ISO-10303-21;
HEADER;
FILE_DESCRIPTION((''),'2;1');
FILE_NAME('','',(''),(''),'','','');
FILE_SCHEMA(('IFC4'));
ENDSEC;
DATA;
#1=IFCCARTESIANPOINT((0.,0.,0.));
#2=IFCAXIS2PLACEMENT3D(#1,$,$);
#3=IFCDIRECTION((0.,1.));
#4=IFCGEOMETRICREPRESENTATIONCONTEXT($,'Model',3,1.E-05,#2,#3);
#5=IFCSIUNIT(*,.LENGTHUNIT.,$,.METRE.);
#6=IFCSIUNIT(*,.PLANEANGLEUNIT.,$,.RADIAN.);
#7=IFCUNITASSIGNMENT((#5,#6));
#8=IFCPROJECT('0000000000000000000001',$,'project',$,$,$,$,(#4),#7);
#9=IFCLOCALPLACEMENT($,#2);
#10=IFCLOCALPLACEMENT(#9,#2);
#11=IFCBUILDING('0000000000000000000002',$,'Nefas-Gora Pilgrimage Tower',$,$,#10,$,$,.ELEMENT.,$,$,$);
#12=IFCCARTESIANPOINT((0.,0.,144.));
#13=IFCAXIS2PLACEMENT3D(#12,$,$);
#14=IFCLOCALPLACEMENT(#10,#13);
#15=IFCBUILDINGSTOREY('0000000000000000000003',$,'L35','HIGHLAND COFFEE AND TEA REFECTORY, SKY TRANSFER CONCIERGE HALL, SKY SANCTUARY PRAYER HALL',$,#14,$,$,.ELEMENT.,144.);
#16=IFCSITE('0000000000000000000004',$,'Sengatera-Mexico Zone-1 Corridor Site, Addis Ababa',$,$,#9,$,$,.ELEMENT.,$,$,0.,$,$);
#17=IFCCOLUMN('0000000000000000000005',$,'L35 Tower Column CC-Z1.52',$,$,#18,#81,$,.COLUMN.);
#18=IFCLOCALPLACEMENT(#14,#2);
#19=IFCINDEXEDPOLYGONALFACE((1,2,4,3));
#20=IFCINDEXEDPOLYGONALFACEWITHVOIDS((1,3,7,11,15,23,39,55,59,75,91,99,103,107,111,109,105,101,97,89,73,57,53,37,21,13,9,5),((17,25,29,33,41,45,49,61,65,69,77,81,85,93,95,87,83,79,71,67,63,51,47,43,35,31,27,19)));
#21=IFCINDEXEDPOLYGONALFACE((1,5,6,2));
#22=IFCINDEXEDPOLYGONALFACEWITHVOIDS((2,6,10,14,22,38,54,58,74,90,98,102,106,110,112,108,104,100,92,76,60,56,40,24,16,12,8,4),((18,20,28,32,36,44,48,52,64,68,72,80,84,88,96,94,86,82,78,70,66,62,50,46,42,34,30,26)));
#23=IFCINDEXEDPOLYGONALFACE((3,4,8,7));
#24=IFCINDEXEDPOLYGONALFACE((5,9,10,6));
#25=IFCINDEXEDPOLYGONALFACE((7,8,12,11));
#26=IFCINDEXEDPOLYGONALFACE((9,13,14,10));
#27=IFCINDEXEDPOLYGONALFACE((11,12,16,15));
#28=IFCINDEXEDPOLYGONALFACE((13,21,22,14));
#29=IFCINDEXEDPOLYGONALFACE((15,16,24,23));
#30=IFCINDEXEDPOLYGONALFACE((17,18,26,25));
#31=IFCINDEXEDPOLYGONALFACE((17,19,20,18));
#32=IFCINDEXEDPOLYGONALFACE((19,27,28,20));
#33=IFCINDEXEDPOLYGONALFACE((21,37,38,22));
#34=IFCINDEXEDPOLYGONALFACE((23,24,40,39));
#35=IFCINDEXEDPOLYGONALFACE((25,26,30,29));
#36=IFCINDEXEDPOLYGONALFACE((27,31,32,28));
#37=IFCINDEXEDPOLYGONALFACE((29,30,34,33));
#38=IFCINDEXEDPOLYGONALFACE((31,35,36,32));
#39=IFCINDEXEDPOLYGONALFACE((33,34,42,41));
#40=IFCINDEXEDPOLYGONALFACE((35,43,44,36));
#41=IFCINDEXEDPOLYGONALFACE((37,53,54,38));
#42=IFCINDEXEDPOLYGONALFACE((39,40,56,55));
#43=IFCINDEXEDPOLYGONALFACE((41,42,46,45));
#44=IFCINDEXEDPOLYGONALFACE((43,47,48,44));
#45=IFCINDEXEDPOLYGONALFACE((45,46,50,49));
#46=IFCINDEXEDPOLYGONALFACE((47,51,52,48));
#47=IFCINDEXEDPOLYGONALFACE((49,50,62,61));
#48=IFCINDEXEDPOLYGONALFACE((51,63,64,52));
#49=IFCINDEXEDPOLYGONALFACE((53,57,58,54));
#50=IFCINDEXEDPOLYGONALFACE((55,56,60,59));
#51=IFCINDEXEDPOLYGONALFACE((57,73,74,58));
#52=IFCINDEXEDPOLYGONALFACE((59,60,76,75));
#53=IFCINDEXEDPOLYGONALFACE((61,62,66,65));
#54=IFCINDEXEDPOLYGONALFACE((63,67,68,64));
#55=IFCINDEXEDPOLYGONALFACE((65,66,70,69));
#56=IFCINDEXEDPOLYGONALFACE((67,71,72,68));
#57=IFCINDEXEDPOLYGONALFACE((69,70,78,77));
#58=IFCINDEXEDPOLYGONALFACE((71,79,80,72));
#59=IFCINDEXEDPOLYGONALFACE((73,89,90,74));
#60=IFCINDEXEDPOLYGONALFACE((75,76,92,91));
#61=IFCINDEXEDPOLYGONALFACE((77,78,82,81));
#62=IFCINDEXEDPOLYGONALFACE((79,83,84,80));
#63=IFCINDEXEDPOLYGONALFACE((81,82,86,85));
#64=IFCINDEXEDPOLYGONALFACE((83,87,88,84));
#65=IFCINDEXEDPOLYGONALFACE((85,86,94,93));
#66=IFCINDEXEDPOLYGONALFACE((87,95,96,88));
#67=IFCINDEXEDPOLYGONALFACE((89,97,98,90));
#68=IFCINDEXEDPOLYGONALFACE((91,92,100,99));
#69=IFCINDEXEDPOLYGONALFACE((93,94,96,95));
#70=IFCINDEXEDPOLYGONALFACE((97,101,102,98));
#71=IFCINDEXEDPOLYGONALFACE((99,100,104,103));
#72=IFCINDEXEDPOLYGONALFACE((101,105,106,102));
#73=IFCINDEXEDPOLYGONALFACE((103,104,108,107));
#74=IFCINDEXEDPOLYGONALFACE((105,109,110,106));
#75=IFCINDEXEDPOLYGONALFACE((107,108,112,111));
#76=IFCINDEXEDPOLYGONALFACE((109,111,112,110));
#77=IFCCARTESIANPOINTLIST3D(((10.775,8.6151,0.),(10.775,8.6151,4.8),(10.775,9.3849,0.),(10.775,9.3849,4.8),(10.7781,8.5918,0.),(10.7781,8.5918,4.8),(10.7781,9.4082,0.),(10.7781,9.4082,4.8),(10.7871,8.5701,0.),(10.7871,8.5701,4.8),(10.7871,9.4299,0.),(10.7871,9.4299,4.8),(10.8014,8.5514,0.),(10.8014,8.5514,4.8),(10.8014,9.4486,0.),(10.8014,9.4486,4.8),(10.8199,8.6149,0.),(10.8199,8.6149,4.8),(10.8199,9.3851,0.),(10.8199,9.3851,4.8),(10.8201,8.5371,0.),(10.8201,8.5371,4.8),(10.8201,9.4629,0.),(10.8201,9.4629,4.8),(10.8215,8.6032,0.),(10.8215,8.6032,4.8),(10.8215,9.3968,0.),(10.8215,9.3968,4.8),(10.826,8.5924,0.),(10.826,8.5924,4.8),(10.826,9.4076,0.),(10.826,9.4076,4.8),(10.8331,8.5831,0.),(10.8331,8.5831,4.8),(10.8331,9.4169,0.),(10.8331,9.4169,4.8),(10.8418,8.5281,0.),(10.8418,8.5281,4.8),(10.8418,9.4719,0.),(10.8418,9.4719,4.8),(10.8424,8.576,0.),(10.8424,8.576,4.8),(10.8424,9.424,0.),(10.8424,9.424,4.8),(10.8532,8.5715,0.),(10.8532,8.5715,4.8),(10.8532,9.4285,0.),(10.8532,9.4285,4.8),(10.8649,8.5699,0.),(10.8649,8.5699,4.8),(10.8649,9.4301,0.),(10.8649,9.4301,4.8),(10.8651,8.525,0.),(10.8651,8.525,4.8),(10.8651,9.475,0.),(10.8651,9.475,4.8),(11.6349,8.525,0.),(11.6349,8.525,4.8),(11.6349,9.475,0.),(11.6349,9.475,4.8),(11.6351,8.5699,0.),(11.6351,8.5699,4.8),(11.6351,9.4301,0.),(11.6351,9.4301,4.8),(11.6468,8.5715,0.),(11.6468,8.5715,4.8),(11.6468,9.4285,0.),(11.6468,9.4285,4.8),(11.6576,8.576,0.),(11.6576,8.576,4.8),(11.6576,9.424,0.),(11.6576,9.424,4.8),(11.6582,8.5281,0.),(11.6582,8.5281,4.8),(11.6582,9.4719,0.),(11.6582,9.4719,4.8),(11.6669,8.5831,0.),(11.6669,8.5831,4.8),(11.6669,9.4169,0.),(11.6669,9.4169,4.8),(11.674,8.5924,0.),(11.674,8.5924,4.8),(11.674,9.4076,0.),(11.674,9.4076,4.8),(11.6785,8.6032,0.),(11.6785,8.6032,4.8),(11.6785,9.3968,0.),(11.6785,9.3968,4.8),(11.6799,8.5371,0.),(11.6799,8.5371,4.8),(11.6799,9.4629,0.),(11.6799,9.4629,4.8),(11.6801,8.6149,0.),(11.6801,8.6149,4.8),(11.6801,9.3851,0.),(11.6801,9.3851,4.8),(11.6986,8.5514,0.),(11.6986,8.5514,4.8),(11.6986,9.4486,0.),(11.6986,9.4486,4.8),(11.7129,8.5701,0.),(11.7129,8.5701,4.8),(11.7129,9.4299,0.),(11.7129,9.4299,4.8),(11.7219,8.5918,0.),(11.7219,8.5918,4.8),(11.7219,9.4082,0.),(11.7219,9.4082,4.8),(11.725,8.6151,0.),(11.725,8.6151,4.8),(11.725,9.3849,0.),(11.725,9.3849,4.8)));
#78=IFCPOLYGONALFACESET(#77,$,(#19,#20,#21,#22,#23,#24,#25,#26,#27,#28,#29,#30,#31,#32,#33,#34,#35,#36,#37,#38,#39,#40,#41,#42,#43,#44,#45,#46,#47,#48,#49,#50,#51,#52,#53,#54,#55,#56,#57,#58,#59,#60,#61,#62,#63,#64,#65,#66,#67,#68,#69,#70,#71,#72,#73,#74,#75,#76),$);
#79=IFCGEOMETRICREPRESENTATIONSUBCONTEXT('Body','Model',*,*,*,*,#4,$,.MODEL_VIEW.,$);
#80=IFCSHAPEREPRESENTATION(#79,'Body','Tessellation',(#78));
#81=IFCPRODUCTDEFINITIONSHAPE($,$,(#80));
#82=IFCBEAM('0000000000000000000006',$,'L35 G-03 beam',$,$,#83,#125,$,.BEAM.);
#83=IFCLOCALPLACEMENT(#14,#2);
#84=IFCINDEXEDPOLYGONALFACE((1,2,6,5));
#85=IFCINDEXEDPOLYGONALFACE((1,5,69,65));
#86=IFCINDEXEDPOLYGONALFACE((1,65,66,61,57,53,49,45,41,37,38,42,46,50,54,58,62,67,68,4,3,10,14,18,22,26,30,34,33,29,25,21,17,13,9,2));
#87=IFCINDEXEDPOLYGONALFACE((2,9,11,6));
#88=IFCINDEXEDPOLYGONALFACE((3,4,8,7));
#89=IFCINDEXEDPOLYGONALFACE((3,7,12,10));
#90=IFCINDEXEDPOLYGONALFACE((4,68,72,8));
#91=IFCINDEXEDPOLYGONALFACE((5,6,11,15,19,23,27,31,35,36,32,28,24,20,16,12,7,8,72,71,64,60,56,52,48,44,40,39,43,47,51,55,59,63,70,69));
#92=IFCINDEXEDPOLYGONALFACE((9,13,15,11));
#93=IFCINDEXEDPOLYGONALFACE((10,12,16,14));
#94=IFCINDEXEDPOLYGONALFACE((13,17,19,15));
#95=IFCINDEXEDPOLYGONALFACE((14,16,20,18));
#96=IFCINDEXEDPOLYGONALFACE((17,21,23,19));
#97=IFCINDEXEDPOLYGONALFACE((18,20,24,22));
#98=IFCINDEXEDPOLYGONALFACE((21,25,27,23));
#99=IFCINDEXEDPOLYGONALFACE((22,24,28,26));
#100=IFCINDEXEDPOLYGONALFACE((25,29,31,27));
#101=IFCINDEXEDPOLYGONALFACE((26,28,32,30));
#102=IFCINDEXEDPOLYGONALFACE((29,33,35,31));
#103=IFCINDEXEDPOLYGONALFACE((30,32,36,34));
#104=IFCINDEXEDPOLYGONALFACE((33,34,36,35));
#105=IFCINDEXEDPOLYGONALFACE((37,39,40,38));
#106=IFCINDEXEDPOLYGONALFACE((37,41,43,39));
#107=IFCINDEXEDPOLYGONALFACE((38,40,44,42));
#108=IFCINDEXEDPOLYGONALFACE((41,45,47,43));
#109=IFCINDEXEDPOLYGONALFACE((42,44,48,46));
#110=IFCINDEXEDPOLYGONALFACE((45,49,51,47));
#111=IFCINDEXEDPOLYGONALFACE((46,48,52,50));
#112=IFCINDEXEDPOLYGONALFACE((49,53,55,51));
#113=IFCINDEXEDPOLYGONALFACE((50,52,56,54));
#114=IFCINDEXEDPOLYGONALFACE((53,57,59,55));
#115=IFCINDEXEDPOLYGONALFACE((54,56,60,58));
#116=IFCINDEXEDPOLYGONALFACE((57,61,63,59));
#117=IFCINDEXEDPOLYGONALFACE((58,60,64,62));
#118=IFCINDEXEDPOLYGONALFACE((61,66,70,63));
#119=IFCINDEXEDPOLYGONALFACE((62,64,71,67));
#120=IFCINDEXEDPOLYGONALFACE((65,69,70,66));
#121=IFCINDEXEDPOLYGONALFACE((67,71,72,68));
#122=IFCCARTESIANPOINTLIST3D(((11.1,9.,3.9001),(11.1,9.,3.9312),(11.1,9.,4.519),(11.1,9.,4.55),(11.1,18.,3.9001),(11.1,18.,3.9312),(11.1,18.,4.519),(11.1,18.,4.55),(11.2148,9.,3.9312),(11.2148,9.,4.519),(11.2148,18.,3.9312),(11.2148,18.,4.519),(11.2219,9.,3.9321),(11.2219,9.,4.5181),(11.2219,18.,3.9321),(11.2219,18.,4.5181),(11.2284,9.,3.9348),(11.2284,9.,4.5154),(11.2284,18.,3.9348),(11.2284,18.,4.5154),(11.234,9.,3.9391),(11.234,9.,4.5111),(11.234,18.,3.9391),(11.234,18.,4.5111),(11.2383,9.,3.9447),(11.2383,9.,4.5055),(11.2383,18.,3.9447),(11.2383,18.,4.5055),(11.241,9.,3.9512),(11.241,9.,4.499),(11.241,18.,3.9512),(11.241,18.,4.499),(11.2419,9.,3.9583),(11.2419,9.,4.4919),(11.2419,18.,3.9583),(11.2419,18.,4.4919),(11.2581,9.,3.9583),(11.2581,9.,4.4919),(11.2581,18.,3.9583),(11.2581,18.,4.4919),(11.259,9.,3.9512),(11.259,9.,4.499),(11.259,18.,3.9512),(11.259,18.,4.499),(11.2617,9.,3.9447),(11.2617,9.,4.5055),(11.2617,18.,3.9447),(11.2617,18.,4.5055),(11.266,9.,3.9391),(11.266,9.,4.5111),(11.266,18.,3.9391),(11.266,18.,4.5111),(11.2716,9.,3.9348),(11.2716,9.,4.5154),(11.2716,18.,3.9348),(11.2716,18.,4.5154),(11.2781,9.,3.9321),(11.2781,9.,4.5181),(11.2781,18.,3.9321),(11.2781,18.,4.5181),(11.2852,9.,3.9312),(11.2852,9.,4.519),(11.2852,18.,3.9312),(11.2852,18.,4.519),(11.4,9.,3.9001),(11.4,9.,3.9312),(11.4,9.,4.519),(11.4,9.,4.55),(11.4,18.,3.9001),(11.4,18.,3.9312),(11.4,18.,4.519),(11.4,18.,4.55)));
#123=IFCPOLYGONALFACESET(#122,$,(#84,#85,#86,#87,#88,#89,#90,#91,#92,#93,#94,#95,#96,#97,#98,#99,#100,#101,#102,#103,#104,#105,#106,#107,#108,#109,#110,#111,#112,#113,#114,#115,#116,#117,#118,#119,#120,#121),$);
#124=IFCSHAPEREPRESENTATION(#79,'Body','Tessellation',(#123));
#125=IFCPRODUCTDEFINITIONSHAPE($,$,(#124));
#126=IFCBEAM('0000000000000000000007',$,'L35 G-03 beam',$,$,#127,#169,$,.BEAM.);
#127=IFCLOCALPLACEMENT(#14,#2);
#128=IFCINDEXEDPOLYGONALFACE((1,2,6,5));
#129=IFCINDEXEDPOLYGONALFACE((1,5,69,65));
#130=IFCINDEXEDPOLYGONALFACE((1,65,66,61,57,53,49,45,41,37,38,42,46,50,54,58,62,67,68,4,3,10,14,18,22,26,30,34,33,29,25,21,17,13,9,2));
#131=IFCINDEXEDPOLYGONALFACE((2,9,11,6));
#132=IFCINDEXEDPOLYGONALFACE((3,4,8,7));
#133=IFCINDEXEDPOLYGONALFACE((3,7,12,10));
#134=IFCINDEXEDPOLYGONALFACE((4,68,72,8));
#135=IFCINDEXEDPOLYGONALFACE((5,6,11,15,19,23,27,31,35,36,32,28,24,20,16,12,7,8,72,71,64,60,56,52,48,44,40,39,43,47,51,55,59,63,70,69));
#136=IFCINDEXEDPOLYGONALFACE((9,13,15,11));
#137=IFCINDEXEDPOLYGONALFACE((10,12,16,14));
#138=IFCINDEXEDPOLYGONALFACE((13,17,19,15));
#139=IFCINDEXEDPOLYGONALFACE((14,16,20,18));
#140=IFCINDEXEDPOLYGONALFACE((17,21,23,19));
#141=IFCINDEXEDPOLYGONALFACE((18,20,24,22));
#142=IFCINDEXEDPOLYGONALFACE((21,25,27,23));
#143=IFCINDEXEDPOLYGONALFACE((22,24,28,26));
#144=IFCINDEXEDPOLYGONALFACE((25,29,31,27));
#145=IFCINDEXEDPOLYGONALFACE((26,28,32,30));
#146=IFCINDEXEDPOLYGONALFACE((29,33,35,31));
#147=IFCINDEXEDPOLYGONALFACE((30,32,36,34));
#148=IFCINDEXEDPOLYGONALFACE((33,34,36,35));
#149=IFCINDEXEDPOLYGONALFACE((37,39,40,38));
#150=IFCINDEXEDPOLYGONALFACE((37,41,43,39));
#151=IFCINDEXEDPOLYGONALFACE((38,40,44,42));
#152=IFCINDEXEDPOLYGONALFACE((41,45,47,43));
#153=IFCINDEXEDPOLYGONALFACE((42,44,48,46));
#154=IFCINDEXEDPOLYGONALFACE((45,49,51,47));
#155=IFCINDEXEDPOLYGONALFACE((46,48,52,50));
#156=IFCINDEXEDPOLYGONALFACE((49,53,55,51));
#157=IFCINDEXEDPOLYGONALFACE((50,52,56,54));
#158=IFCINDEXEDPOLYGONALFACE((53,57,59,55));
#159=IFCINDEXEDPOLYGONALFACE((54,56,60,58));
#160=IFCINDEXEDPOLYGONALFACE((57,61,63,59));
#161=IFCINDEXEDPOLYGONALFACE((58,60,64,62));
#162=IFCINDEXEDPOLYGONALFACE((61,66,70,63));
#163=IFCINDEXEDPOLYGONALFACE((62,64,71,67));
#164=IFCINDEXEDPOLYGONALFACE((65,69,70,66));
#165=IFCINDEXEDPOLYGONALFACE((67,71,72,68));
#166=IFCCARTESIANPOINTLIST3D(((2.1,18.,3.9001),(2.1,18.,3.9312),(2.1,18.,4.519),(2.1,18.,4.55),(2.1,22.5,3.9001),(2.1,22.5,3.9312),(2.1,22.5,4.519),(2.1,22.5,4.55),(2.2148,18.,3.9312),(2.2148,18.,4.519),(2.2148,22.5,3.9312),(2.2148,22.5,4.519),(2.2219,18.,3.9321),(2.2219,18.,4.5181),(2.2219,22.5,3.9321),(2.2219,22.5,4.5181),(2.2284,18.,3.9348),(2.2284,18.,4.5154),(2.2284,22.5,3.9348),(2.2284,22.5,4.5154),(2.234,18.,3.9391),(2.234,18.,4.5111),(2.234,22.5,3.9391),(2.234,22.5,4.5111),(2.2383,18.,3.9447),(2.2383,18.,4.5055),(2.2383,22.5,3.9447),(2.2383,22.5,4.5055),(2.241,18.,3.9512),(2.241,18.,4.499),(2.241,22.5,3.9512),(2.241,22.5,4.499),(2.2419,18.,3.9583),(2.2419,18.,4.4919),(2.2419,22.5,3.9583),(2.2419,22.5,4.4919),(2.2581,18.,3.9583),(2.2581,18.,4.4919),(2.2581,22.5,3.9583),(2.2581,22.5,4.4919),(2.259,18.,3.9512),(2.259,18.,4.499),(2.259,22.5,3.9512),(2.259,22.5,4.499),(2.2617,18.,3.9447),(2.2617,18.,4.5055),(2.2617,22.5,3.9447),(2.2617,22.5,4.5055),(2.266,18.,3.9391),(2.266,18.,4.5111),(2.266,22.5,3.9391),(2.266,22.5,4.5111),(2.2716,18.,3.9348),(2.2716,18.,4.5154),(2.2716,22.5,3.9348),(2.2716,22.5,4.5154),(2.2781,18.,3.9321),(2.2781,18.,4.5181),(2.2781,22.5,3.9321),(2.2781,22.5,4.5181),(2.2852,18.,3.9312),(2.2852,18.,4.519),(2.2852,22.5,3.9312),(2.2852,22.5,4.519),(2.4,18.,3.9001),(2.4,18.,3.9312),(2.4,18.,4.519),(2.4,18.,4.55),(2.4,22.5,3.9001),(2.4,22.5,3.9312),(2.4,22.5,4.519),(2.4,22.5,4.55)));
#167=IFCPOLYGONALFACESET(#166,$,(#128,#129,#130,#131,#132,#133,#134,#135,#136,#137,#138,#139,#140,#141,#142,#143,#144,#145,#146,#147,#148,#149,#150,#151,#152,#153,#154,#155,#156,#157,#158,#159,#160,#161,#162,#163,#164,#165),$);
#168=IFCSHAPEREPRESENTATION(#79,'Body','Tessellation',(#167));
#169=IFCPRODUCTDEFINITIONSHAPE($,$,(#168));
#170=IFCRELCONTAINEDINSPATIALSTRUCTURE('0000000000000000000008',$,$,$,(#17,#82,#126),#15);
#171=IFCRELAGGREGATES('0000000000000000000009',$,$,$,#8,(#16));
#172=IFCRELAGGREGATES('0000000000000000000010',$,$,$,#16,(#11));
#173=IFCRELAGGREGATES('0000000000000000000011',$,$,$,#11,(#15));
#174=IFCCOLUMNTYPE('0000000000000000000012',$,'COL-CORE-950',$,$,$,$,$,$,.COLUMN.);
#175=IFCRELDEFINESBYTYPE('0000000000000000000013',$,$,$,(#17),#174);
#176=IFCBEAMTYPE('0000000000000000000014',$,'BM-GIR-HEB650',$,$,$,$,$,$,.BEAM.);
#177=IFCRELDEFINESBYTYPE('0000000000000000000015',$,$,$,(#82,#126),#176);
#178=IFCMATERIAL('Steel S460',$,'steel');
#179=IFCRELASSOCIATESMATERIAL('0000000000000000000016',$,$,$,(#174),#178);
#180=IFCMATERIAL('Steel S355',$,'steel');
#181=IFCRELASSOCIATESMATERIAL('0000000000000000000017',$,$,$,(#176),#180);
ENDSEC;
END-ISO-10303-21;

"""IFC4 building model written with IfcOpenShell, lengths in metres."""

from ifc_helpers import new_model, si_unit, direction, frame, origin, origin_2d, place, context, subcontext, project, spatial, hollow_rectangle, i_section, extrude, source, transform, mapped, material, material_profile, profile_set, type_object, element, save


model = new_model("IFC4")

# Units and contexts
model_context = context("Model", 3, precision=1e-05, world=origin(), true_north=direction((0.0, 1.0)))
body_context = subcontext(model_context, "Body", "Model", "MODEL_VIEW")
ifc_project = project(units=[si_unit("LENGTHUNIT", "METRE"), si_unit("PLANEANGLEUNIT", "RADIAN")], contexts=[model_context])

# Site, building, storey
site_placement = place(None, origin())
site = spatial("IfcSite", under=ifc_project, at=site_placement, Name="Sengatera-Mexico Zone-1 Corridor Site, Addis Ababa", CompositionType="ELEMENT", RefElevation=0.0)
building_placement = place(site_placement, origin())
building = spatial("IfcBuilding", under=site, at=building_placement, Name="Nefas-Gora Pilgrimage Tower", CompositionType="ELEMENT")
storey_placement = place(building_placement, frame((0.0, 0.0, 144.0)))
storey = spatial("IfcBuildingStorey", under=building, at=storey_placement, Name="L35", Description="HIGHLAND COFFEE AND TEA REFECTORY, SKY TRANSFER CONCIERGE HALL, SKY SANCTUARY PRAYER HALL", CompositionType="ELEMENT", Elevation=144.0)

# Column
ifc_material_1 = material(Name="Steel S460", Category="steel")
ifc_material_profile_1 = material_profile(ifc_material_1, hollow_rectangle(XDim=0.95, YDim=0.95, WallThickness=0.0449, InnerFilletRadius=0.0449, OuterFilletRadius=0.0901, at=origin_2d()), Name="BOX 950x950x45")
ifc_profile_set_1 = profile_set([ifc_material_profile_1], Name="Steel S460")
column_type_1 = type_object("IfcColumnType", Name="COL-CORE-950", PredefinedType="COLUMN", material=ifc_profile_set_1)
shared_shape_1 = source(origin(), body_context, "Body", "SweptSolid", [
    extrude(hollow_rectangle(XDim=0.95, YDim=0.95, WallThickness=0.0449, InnerFilletRadius=0.0449, OuterFilletRadius=0.0901, at=origin_2d()), origin(), (0.0, 0.0, 1.0), 4.8),
])
column_placement = place(storey_placement, frame((11.25, 9.0, 0.0), z_axis=(0.0, 0.0, 1.0), x_axis=(1.0, 0.0, 0.0)))
element("IfcColumn", 1, at=column_placement, inside=storey, type_object=column_type_1, Name="L35 Tower Column CC-Z1.52", PredefinedType="COLUMN", context=body_context, shape_type="MappedRepresentation", body=[
    mapped(shared_shape_1, transform((0.0, 0.0, 0.0), x_axis=(1.0, 0.0, 0.0), y_axis=(0.0, 1.0, 0.0), z_axis=(0.0, 0.0, 1.0), scale=1.0)),
])

# Beams
ifc_material_2 = material(Name="Steel S355", Category="steel")
ifc_material_profile_2 = material_profile(ifc_material_2, i_section(OverallWidth=0.3, OverallDepth=0.6499, WebThickness=0.0161, FlangeThickness=0.031, FilletRadius=0.0271, at=origin_2d()), Name="HEB 650")
ifc_profile_set_2 = profile_set([ifc_material_profile_2], Name="Steel S355")
beam_type_1 = type_object("IfcBeamType", Name="BM-GIR-HEB650", PredefinedType="BEAM", material=ifc_profile_set_2)
shared_shape_2 = source(origin(), body_context, "Body", "SweptSolid", [
    extrude(i_section(OverallWidth=0.3, OverallDepth=0.6499, WebThickness=0.0161, FlangeThickness=0.031, FilletRadius=0.0271, at=origin_2d()), origin(), (0.0, 0.0, 1.0), 9.0),
])
beam_1_placement = place(storey_placement, frame((11.25, 9.0, 4.2251), z_axis=(0.0, 1.0, 0.0), x_axis=(-1.0, 0.0, 0.0)))
element("IfcBeam", 2, at=beam_1_placement, inside=storey, type_object=beam_type_1, Name="L35 G-03 beam", PredefinedType="BEAM", context=body_context, shape_type="MappedRepresentation", body=[
    mapped(shared_shape_2, transform((0.0, 0.0, 0.0), x_axis=(1.0, 0.0, 0.0), y_axis=(0.0, 1.0, 0.0), z_axis=(0.0, 0.0, 1.0), scale=1.0)),
])
shared_shape_3 = source(origin(), body_context, "Body", "SweptSolid", [
    extrude(i_section(OverallWidth=0.3, OverallDepth=0.6499, WebThickness=0.0161, FlangeThickness=0.031, FilletRadius=0.0271, at=origin_2d()), origin(), (0.0, 0.0, 1.0), 4.5),
])
for number, where, z_axis, x_axis, name in (
    (3, (2.25, 18.0, 4.2251), (0.0, 1.0, 0.0), (-1.0, 0.0, 0.0), "L35 G-03 beam"),
):
    element("IfcBeam", number, at=place(storey_placement, frame(where, z_axis=z_axis, x_axis=x_axis)), inside=storey, type_object=beam_type_1, Name=name, PredefinedType="BEAM", context=body_context, shape_type="MappedRepresentation", body=[
        mapped(shared_shape_3, transform((0.0, 0.0, 0.0), x_axis=(1.0, 0.0, 0.0), y_axis=(0.0, 1.0, 0.0), z_axis=(0.0, 0.0, 1.0), scale=1.0)),
    ])

save(model, "model.ifc")
